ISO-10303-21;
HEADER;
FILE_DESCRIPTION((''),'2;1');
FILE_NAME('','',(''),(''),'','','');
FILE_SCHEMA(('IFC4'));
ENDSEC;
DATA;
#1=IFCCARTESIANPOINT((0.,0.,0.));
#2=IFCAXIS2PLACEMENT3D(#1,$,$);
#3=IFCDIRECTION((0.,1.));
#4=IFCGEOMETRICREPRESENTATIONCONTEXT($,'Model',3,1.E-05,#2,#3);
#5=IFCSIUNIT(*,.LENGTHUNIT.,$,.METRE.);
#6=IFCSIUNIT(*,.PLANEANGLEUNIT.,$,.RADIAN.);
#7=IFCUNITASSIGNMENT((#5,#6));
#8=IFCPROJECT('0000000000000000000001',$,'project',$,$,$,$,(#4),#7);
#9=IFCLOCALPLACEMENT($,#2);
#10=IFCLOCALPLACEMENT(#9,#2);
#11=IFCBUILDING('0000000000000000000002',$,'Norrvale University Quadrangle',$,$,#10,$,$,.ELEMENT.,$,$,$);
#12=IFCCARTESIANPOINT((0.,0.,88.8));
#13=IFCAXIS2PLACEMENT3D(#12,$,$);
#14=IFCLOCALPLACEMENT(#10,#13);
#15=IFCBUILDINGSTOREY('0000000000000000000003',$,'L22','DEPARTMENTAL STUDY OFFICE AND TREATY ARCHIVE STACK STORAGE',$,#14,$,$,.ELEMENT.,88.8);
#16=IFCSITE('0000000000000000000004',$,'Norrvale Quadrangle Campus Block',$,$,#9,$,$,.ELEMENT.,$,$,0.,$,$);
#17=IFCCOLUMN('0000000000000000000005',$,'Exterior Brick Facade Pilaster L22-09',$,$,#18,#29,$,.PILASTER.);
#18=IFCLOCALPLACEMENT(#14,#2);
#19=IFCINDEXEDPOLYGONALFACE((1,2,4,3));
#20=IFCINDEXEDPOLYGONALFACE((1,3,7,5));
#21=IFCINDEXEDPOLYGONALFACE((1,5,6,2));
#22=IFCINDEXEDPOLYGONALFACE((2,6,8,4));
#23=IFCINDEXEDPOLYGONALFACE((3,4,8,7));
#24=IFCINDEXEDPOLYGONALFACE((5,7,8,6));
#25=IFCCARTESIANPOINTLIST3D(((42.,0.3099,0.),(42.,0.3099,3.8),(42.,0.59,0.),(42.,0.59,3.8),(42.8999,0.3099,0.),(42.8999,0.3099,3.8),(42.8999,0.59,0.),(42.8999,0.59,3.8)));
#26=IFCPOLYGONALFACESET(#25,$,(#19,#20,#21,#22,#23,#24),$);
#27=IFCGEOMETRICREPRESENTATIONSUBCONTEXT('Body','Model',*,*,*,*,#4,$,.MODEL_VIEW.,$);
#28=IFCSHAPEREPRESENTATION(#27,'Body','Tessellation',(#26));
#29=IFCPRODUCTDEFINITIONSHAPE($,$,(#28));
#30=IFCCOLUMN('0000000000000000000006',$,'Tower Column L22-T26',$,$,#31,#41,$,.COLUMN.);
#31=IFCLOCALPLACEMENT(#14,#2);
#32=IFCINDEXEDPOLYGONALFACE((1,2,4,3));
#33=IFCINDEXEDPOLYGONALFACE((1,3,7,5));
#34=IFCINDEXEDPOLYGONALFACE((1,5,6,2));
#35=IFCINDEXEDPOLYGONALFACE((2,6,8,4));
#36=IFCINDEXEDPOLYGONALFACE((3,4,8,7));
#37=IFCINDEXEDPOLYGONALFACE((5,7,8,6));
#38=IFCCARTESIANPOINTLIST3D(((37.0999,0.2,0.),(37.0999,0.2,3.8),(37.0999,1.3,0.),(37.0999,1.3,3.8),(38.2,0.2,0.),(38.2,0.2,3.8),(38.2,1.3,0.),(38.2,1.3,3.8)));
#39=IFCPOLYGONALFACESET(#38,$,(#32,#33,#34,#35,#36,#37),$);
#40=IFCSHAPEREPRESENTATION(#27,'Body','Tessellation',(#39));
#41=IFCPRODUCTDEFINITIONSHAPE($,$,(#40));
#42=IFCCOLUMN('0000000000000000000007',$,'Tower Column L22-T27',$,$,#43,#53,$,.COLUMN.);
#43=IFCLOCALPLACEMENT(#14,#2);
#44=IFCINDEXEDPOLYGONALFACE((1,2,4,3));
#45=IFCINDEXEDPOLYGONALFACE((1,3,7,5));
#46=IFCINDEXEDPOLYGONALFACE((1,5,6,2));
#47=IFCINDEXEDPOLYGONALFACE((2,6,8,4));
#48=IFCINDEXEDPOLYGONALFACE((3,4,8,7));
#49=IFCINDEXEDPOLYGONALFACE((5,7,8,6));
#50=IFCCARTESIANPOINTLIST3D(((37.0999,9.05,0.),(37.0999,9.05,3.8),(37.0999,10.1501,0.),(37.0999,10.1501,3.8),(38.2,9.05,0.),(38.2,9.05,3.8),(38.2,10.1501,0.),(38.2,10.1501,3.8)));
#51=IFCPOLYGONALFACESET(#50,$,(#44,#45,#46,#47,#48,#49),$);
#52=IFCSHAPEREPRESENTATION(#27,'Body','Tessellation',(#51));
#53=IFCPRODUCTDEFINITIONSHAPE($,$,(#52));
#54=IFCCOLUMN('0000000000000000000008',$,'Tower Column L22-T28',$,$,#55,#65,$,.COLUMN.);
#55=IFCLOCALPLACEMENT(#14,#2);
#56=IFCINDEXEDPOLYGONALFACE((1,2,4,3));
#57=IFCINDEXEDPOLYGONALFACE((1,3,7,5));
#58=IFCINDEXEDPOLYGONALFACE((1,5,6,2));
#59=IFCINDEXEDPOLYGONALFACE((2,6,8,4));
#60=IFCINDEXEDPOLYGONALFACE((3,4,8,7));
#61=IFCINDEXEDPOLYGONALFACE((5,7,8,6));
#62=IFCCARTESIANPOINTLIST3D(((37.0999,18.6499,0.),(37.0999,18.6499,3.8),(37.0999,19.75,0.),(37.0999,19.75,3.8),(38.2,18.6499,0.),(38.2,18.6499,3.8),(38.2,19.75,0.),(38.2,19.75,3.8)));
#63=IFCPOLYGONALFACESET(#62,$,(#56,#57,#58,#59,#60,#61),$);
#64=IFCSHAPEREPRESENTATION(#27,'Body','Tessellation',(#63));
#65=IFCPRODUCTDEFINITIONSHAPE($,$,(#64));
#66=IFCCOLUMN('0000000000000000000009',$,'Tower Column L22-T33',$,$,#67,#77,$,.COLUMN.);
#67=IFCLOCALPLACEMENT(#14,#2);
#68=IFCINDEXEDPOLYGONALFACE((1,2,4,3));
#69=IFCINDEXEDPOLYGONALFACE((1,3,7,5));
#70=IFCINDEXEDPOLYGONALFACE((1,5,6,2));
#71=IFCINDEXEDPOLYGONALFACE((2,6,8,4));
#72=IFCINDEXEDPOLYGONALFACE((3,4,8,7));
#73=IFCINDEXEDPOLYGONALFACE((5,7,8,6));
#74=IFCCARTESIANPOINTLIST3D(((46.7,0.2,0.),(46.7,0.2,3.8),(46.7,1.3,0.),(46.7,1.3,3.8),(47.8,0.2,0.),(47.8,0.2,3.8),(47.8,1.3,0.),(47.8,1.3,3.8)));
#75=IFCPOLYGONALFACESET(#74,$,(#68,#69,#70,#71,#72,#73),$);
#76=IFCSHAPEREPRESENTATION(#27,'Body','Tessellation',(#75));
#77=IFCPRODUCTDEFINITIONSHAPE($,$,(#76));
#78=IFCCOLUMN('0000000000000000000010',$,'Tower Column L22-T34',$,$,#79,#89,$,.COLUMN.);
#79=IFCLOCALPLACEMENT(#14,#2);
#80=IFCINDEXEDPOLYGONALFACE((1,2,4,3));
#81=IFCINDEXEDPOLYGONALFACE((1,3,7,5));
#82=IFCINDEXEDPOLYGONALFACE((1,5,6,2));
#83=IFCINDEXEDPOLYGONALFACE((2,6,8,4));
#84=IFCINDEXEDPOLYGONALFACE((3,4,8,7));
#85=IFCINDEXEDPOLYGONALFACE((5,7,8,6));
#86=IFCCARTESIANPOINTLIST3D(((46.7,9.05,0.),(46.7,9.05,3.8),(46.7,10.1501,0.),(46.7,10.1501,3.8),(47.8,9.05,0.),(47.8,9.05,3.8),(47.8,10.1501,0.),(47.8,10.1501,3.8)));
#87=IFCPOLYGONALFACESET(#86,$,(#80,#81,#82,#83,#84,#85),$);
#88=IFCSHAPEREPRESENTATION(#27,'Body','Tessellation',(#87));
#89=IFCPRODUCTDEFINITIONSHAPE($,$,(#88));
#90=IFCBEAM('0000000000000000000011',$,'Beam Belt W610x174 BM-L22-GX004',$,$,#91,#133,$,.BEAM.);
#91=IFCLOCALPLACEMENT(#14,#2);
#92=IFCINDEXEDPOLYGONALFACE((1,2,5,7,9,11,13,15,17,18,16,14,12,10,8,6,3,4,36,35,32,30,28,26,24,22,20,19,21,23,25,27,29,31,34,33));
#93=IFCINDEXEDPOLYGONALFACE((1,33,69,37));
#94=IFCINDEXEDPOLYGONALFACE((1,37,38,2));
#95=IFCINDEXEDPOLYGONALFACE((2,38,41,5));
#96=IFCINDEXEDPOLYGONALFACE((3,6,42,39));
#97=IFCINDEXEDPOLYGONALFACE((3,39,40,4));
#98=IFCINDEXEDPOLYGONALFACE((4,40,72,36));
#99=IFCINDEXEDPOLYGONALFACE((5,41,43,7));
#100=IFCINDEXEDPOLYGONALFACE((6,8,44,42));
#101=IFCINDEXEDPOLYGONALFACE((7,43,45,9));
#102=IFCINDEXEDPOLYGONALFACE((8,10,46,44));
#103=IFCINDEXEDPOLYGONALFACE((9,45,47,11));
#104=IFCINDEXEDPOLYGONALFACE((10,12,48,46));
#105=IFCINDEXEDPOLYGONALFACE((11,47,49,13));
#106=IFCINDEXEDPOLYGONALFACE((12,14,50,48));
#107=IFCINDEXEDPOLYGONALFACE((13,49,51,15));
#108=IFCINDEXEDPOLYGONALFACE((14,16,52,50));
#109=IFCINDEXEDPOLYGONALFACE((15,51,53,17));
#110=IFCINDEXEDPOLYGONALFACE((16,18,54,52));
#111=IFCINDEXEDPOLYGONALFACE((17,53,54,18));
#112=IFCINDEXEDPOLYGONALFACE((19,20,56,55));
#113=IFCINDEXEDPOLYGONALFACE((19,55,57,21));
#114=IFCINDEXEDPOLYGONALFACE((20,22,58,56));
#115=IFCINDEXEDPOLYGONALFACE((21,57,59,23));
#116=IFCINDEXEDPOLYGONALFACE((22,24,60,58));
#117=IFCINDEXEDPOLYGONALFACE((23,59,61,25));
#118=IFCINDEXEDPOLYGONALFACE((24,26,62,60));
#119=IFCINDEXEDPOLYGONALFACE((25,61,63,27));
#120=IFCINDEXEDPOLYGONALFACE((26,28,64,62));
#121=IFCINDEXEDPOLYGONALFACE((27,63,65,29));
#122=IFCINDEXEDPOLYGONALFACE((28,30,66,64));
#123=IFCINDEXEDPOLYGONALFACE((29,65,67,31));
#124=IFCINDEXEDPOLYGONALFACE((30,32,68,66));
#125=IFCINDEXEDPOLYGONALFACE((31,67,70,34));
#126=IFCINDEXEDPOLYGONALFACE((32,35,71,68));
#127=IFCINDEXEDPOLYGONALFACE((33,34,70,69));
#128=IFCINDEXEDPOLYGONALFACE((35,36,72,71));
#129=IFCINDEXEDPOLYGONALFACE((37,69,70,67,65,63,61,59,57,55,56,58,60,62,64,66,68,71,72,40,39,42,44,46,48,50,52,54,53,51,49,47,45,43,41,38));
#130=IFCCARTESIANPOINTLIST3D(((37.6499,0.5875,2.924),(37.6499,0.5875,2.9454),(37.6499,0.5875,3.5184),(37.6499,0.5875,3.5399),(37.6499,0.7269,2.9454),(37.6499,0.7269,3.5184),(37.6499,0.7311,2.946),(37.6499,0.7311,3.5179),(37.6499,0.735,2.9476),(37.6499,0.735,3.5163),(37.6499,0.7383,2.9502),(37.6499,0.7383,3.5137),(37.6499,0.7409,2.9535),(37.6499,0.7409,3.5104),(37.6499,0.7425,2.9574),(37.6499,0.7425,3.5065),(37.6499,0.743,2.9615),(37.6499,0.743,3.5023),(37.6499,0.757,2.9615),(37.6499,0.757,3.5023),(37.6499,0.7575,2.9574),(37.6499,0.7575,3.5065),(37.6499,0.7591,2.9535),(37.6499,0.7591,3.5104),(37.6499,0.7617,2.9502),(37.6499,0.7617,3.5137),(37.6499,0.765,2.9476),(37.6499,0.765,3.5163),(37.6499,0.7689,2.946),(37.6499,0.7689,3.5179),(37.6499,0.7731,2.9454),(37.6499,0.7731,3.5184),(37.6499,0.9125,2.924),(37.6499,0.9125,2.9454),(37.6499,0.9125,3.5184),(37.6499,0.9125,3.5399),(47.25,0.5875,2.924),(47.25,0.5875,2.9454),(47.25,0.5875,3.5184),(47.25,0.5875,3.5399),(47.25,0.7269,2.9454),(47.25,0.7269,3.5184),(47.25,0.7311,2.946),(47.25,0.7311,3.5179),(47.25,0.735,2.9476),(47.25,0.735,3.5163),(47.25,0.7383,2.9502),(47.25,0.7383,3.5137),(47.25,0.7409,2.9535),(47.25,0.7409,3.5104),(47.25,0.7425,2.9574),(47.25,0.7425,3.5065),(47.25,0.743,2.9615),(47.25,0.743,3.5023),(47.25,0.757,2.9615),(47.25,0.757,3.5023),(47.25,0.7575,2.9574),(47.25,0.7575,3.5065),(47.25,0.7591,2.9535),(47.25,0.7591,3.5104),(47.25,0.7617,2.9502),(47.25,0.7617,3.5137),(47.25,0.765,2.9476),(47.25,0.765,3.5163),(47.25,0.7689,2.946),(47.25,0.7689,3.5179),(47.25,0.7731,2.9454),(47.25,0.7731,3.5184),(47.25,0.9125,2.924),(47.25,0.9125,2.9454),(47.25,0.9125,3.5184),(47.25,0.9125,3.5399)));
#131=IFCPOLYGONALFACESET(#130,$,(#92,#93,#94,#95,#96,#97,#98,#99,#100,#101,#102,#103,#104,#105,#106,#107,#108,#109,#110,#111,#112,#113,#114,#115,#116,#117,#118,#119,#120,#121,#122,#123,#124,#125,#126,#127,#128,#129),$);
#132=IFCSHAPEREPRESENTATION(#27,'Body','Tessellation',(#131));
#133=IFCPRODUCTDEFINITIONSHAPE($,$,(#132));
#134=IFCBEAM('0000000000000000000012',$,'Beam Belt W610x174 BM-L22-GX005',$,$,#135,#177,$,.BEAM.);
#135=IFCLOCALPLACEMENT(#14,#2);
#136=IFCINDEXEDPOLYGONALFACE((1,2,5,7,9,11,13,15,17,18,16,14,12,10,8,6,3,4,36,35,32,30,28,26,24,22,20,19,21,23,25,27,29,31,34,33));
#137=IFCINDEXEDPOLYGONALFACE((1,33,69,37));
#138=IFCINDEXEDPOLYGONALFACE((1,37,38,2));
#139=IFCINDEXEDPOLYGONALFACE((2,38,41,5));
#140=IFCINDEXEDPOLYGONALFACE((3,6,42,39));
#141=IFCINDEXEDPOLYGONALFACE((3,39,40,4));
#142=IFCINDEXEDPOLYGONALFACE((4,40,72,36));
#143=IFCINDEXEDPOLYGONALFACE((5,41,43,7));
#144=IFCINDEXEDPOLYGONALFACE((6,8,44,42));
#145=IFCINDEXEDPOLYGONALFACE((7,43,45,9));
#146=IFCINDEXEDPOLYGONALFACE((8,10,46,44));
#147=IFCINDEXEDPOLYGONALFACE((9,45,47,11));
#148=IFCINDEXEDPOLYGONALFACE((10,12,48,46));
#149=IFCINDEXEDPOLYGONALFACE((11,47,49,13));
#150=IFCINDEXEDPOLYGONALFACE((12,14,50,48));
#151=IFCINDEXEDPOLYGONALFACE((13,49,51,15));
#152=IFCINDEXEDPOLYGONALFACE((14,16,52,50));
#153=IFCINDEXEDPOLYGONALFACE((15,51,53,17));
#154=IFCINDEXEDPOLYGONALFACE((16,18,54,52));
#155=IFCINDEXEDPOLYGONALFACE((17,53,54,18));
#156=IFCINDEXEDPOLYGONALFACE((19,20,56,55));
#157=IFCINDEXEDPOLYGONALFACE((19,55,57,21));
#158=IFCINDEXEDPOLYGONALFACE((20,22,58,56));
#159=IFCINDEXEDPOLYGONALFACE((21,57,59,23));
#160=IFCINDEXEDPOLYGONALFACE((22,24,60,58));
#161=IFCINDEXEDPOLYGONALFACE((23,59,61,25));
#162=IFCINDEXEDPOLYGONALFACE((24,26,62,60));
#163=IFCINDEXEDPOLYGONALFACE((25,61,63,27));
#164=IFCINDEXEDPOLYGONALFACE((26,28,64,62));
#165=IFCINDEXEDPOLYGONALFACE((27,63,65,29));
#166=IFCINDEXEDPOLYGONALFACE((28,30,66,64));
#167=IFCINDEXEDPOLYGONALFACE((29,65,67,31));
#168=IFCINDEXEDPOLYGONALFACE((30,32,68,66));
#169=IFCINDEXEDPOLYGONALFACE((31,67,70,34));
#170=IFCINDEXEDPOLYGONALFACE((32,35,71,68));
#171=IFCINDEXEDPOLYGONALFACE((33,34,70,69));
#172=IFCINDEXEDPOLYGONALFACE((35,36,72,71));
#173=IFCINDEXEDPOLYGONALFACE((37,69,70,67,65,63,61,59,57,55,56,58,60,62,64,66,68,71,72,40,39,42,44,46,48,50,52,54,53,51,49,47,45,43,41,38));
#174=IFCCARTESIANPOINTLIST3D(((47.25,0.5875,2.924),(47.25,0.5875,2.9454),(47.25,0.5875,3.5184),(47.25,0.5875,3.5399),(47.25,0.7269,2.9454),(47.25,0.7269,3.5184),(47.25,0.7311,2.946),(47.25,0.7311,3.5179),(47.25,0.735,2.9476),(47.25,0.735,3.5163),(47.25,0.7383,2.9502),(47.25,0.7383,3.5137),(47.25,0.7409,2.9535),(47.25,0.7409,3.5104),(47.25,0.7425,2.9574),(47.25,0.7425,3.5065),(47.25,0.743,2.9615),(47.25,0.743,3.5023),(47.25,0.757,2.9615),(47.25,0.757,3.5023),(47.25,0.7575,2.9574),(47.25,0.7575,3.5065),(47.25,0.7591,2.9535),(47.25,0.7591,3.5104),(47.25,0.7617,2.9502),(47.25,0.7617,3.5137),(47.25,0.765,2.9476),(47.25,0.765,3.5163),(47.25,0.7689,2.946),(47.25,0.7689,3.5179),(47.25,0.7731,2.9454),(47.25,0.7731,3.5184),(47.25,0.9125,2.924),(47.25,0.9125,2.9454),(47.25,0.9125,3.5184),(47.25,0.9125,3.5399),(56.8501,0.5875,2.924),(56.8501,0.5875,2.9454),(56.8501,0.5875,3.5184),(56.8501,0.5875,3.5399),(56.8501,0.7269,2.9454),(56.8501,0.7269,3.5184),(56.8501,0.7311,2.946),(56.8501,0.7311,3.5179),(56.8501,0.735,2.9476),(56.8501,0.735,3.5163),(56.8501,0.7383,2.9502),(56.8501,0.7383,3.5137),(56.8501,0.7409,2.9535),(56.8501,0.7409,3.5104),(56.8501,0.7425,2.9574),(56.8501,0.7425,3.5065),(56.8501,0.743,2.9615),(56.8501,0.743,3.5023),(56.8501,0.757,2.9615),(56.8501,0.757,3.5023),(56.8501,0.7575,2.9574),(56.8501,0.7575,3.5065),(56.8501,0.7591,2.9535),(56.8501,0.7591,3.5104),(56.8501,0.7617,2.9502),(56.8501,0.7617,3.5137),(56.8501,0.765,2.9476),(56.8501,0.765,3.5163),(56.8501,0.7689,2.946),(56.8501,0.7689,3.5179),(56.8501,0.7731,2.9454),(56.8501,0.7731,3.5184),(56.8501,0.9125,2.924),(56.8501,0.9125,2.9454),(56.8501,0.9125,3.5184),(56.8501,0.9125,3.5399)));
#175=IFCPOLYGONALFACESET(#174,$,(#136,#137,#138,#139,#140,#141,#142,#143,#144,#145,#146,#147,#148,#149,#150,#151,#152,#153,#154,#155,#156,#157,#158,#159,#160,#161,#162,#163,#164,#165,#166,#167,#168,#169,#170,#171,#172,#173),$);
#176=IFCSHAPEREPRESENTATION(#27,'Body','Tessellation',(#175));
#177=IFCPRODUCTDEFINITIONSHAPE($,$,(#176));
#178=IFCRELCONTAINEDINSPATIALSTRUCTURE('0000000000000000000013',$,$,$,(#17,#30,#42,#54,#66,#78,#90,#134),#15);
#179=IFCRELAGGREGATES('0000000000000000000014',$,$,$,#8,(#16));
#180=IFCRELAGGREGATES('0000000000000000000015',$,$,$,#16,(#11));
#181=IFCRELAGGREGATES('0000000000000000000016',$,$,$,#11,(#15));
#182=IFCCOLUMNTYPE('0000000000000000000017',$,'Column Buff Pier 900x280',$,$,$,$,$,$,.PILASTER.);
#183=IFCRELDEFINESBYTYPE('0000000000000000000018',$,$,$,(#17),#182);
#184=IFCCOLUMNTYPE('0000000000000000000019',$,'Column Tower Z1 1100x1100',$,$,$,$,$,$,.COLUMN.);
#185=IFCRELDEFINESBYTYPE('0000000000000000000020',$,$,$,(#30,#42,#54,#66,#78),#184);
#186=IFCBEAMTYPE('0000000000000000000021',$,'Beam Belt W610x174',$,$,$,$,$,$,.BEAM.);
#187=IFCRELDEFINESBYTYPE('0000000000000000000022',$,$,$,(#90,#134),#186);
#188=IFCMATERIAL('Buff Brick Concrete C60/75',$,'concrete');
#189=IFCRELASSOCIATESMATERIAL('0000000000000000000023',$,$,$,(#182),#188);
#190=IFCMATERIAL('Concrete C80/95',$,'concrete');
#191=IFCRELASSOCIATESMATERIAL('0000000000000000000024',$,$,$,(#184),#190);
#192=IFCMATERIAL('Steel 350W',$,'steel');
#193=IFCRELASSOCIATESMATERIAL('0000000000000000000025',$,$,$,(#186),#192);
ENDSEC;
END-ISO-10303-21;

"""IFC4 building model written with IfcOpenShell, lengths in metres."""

from ifc_helpers import new_model, si_unit, direction, frame, origin, origin_2d, place, context, subcontext, project, spatial, rectangle, i_section, extrude, material, material_profile, profile_set, type_object, element, save


model = new_model("IFC4")

# Units and contexts
model_context = context("Model", 3, precision=1e-05, world=origin(), true_north=direction((0.0, 1.0)))
body_context = subcontext(model_context, "Body", "Model", "MODEL_VIEW")
ifc_project = project(units=[si_unit("LENGTHUNIT", "METRE"), si_unit("PLANEANGLEUNIT", "RADIAN")], contexts=[model_context])

# Site, building, storey
site_placement = place(None, origin())
site = spatial("IfcSite", under=ifc_project, at=site_placement, Name="Norrvale Quadrangle Campus Block", CompositionType="ELEMENT", RefElevation=0.0)
building_placement = place(site_placement, origin())
building = spatial("IfcBuilding", under=site, at=building_placement, Name="Norrvale University Quadrangle", CompositionType="ELEMENT")
storey_placement = place(building_placement, frame((0.0, 0.0, 88.8)))
storey = spatial("IfcBuildingStorey", under=building, at=storey_placement, Name="L22", Description="DEPARTMENTAL STUDY OFFICE AND TREATY ARCHIVE STACK STORAGE", CompositionType="ELEMENT", Elevation=88.8)

# Columns
ifc_material_1 = material(Name="Buff Brick Concrete C60/75", Category="concrete")
ifc_material_profile_1 = material_profile(ifc_material_1, rectangle(XDim=0.8999, YDim=0.28, at=origin_2d()), Name="Buff Brick Concrete C60/75")
ifc_profile_set_1 = profile_set([ifc_material_profile_1], Name="Buff Brick Concrete C60/75")
column_type_1 = type_object("IfcColumnType", Name="Column Buff Pier 900x280", PredefinedType="PILASTER", material=ifc_profile_set_1)
column_placement = place(storey_placement, frame((42.45, 0.45, 0.0), z_axis=(0.0, 0.0, 1.0), x_axis=(1.0, 0.0, 0.0)))
element("IfcColumn", 1, at=column_placement, inside=storey, type_object=column_type_1, Name="Exterior Brick Facade Pilaster L22-09", PredefinedType="PILASTER", context=body_context, shape_type="SweptSolid", body=[
    extrude(rectangle(XDim=0.8999, YDim=0.28, at=origin_2d()), origin(), (0.0, 0.0, 1.0), 3.8),
])
ifc_material_2 = material(Name="Concrete C80/95", Category="concrete")
ifc_material_profile_2 = material_profile(ifc_material_2, rectangle(XDim=1.1001, YDim=1.1001, at=origin_2d()), Name="Concrete C80/95")
ifc_profile_set_2 = profile_set([ifc_material_profile_2], Name="Concrete C80/95")
column_type_2 = type_object("IfcColumnType", Name="Column Tower Z1 1100x1100", PredefinedType="COLUMN", material=ifc_profile_set_2)
for number, where, z_axis, x_axis, name in (
    (2, (37.6499, 0.75, 0.0), (0.0, 0.0, 1.0), (1.0, 0.0, 0.0), "Tower Column L22-T26"),
    (3, (37.6499, 9.6001, 0.0), (0.0, 0.0, 1.0), (1.0, 0.0, 0.0), "Tower Column L22-T27"),
    (4, (37.6499, 19.2, 0.0), (0.0, 0.0, 1.0), (1.0, 0.0, 0.0), "Tower Column L22-T28"),
    (5, (47.25, 0.75, 0.0), (0.0, 0.0, 1.0), (1.0, 0.0, 0.0), "Tower Column L22-T33"),
    (6, (47.25, 9.6001, 0.0), (0.0, 0.0, 1.0), (1.0, 0.0, 0.0), "Tower Column L22-T34"),
):
    element("IfcColumn", number, at=place(storey_placement, frame(where, z_axis=z_axis, x_axis=x_axis)), inside=storey, type_object=column_type_2, Name=name, PredefinedType="COLUMN", context=body_context, shape_type="SweptSolid", body=[
        extrude(rectangle(XDim=1.1001, YDim=1.1001, at=origin_2d()), origin(), (0.0, 0.0, 1.0), 3.8),
    ])

# Beams
ifc_material_3 = material(Name="Steel 350W", Category="steel")
ifc_material_profile_3 = material_profile(ifc_material_3, i_section(OverallWidth=0.325, OverallDepth=0.616, WebThickness=0.0139, FlangeThickness=0.0215, FilletRadius=0.0161, at=origin_2d()), Name="Steel 350W")
ifc_profile_set_3 = profile_set([ifc_material_profile_3], Name="Steel 350W")
beam_type_1 = type_object("IfcBeamType", Name="Beam Belt W610x174", PredefinedType="BEAM", material=ifc_profile_set_3)
for number, where, z_axis, x_axis, name in (
    (7, (37.6499, 0.75, 3.2319), (1.0, 0.0, 0.0), (0.0, 1.0, 0.0), "Beam Belt W610x174 BM-L22-GX004"),
    (8, (47.25, 0.75, 3.2319), (1.0, 0.0, 0.0), (0.0, 1.0, 0.0), "Beam Belt W610x174 BM-L22-GX005"),
):
    element("IfcBeam", number, at=place(storey_placement, frame(where, z_axis=z_axis, x_axis=x_axis)), inside=storey, type_object=beam_type_1, Name=name, PredefinedType="BEAM", context=body_context, shape_type="SweptSolid", body=[
        extrude(i_section(OverallWidth=0.325, OverallDepth=0.616, WebThickness=0.0139, FlangeThickness=0.0215, FilletRadius=0.0161, at=origin_2d()), origin(), (0.0, 0.0, 1.0), 9.6001),
    ])

save(model, "model.ifc")
